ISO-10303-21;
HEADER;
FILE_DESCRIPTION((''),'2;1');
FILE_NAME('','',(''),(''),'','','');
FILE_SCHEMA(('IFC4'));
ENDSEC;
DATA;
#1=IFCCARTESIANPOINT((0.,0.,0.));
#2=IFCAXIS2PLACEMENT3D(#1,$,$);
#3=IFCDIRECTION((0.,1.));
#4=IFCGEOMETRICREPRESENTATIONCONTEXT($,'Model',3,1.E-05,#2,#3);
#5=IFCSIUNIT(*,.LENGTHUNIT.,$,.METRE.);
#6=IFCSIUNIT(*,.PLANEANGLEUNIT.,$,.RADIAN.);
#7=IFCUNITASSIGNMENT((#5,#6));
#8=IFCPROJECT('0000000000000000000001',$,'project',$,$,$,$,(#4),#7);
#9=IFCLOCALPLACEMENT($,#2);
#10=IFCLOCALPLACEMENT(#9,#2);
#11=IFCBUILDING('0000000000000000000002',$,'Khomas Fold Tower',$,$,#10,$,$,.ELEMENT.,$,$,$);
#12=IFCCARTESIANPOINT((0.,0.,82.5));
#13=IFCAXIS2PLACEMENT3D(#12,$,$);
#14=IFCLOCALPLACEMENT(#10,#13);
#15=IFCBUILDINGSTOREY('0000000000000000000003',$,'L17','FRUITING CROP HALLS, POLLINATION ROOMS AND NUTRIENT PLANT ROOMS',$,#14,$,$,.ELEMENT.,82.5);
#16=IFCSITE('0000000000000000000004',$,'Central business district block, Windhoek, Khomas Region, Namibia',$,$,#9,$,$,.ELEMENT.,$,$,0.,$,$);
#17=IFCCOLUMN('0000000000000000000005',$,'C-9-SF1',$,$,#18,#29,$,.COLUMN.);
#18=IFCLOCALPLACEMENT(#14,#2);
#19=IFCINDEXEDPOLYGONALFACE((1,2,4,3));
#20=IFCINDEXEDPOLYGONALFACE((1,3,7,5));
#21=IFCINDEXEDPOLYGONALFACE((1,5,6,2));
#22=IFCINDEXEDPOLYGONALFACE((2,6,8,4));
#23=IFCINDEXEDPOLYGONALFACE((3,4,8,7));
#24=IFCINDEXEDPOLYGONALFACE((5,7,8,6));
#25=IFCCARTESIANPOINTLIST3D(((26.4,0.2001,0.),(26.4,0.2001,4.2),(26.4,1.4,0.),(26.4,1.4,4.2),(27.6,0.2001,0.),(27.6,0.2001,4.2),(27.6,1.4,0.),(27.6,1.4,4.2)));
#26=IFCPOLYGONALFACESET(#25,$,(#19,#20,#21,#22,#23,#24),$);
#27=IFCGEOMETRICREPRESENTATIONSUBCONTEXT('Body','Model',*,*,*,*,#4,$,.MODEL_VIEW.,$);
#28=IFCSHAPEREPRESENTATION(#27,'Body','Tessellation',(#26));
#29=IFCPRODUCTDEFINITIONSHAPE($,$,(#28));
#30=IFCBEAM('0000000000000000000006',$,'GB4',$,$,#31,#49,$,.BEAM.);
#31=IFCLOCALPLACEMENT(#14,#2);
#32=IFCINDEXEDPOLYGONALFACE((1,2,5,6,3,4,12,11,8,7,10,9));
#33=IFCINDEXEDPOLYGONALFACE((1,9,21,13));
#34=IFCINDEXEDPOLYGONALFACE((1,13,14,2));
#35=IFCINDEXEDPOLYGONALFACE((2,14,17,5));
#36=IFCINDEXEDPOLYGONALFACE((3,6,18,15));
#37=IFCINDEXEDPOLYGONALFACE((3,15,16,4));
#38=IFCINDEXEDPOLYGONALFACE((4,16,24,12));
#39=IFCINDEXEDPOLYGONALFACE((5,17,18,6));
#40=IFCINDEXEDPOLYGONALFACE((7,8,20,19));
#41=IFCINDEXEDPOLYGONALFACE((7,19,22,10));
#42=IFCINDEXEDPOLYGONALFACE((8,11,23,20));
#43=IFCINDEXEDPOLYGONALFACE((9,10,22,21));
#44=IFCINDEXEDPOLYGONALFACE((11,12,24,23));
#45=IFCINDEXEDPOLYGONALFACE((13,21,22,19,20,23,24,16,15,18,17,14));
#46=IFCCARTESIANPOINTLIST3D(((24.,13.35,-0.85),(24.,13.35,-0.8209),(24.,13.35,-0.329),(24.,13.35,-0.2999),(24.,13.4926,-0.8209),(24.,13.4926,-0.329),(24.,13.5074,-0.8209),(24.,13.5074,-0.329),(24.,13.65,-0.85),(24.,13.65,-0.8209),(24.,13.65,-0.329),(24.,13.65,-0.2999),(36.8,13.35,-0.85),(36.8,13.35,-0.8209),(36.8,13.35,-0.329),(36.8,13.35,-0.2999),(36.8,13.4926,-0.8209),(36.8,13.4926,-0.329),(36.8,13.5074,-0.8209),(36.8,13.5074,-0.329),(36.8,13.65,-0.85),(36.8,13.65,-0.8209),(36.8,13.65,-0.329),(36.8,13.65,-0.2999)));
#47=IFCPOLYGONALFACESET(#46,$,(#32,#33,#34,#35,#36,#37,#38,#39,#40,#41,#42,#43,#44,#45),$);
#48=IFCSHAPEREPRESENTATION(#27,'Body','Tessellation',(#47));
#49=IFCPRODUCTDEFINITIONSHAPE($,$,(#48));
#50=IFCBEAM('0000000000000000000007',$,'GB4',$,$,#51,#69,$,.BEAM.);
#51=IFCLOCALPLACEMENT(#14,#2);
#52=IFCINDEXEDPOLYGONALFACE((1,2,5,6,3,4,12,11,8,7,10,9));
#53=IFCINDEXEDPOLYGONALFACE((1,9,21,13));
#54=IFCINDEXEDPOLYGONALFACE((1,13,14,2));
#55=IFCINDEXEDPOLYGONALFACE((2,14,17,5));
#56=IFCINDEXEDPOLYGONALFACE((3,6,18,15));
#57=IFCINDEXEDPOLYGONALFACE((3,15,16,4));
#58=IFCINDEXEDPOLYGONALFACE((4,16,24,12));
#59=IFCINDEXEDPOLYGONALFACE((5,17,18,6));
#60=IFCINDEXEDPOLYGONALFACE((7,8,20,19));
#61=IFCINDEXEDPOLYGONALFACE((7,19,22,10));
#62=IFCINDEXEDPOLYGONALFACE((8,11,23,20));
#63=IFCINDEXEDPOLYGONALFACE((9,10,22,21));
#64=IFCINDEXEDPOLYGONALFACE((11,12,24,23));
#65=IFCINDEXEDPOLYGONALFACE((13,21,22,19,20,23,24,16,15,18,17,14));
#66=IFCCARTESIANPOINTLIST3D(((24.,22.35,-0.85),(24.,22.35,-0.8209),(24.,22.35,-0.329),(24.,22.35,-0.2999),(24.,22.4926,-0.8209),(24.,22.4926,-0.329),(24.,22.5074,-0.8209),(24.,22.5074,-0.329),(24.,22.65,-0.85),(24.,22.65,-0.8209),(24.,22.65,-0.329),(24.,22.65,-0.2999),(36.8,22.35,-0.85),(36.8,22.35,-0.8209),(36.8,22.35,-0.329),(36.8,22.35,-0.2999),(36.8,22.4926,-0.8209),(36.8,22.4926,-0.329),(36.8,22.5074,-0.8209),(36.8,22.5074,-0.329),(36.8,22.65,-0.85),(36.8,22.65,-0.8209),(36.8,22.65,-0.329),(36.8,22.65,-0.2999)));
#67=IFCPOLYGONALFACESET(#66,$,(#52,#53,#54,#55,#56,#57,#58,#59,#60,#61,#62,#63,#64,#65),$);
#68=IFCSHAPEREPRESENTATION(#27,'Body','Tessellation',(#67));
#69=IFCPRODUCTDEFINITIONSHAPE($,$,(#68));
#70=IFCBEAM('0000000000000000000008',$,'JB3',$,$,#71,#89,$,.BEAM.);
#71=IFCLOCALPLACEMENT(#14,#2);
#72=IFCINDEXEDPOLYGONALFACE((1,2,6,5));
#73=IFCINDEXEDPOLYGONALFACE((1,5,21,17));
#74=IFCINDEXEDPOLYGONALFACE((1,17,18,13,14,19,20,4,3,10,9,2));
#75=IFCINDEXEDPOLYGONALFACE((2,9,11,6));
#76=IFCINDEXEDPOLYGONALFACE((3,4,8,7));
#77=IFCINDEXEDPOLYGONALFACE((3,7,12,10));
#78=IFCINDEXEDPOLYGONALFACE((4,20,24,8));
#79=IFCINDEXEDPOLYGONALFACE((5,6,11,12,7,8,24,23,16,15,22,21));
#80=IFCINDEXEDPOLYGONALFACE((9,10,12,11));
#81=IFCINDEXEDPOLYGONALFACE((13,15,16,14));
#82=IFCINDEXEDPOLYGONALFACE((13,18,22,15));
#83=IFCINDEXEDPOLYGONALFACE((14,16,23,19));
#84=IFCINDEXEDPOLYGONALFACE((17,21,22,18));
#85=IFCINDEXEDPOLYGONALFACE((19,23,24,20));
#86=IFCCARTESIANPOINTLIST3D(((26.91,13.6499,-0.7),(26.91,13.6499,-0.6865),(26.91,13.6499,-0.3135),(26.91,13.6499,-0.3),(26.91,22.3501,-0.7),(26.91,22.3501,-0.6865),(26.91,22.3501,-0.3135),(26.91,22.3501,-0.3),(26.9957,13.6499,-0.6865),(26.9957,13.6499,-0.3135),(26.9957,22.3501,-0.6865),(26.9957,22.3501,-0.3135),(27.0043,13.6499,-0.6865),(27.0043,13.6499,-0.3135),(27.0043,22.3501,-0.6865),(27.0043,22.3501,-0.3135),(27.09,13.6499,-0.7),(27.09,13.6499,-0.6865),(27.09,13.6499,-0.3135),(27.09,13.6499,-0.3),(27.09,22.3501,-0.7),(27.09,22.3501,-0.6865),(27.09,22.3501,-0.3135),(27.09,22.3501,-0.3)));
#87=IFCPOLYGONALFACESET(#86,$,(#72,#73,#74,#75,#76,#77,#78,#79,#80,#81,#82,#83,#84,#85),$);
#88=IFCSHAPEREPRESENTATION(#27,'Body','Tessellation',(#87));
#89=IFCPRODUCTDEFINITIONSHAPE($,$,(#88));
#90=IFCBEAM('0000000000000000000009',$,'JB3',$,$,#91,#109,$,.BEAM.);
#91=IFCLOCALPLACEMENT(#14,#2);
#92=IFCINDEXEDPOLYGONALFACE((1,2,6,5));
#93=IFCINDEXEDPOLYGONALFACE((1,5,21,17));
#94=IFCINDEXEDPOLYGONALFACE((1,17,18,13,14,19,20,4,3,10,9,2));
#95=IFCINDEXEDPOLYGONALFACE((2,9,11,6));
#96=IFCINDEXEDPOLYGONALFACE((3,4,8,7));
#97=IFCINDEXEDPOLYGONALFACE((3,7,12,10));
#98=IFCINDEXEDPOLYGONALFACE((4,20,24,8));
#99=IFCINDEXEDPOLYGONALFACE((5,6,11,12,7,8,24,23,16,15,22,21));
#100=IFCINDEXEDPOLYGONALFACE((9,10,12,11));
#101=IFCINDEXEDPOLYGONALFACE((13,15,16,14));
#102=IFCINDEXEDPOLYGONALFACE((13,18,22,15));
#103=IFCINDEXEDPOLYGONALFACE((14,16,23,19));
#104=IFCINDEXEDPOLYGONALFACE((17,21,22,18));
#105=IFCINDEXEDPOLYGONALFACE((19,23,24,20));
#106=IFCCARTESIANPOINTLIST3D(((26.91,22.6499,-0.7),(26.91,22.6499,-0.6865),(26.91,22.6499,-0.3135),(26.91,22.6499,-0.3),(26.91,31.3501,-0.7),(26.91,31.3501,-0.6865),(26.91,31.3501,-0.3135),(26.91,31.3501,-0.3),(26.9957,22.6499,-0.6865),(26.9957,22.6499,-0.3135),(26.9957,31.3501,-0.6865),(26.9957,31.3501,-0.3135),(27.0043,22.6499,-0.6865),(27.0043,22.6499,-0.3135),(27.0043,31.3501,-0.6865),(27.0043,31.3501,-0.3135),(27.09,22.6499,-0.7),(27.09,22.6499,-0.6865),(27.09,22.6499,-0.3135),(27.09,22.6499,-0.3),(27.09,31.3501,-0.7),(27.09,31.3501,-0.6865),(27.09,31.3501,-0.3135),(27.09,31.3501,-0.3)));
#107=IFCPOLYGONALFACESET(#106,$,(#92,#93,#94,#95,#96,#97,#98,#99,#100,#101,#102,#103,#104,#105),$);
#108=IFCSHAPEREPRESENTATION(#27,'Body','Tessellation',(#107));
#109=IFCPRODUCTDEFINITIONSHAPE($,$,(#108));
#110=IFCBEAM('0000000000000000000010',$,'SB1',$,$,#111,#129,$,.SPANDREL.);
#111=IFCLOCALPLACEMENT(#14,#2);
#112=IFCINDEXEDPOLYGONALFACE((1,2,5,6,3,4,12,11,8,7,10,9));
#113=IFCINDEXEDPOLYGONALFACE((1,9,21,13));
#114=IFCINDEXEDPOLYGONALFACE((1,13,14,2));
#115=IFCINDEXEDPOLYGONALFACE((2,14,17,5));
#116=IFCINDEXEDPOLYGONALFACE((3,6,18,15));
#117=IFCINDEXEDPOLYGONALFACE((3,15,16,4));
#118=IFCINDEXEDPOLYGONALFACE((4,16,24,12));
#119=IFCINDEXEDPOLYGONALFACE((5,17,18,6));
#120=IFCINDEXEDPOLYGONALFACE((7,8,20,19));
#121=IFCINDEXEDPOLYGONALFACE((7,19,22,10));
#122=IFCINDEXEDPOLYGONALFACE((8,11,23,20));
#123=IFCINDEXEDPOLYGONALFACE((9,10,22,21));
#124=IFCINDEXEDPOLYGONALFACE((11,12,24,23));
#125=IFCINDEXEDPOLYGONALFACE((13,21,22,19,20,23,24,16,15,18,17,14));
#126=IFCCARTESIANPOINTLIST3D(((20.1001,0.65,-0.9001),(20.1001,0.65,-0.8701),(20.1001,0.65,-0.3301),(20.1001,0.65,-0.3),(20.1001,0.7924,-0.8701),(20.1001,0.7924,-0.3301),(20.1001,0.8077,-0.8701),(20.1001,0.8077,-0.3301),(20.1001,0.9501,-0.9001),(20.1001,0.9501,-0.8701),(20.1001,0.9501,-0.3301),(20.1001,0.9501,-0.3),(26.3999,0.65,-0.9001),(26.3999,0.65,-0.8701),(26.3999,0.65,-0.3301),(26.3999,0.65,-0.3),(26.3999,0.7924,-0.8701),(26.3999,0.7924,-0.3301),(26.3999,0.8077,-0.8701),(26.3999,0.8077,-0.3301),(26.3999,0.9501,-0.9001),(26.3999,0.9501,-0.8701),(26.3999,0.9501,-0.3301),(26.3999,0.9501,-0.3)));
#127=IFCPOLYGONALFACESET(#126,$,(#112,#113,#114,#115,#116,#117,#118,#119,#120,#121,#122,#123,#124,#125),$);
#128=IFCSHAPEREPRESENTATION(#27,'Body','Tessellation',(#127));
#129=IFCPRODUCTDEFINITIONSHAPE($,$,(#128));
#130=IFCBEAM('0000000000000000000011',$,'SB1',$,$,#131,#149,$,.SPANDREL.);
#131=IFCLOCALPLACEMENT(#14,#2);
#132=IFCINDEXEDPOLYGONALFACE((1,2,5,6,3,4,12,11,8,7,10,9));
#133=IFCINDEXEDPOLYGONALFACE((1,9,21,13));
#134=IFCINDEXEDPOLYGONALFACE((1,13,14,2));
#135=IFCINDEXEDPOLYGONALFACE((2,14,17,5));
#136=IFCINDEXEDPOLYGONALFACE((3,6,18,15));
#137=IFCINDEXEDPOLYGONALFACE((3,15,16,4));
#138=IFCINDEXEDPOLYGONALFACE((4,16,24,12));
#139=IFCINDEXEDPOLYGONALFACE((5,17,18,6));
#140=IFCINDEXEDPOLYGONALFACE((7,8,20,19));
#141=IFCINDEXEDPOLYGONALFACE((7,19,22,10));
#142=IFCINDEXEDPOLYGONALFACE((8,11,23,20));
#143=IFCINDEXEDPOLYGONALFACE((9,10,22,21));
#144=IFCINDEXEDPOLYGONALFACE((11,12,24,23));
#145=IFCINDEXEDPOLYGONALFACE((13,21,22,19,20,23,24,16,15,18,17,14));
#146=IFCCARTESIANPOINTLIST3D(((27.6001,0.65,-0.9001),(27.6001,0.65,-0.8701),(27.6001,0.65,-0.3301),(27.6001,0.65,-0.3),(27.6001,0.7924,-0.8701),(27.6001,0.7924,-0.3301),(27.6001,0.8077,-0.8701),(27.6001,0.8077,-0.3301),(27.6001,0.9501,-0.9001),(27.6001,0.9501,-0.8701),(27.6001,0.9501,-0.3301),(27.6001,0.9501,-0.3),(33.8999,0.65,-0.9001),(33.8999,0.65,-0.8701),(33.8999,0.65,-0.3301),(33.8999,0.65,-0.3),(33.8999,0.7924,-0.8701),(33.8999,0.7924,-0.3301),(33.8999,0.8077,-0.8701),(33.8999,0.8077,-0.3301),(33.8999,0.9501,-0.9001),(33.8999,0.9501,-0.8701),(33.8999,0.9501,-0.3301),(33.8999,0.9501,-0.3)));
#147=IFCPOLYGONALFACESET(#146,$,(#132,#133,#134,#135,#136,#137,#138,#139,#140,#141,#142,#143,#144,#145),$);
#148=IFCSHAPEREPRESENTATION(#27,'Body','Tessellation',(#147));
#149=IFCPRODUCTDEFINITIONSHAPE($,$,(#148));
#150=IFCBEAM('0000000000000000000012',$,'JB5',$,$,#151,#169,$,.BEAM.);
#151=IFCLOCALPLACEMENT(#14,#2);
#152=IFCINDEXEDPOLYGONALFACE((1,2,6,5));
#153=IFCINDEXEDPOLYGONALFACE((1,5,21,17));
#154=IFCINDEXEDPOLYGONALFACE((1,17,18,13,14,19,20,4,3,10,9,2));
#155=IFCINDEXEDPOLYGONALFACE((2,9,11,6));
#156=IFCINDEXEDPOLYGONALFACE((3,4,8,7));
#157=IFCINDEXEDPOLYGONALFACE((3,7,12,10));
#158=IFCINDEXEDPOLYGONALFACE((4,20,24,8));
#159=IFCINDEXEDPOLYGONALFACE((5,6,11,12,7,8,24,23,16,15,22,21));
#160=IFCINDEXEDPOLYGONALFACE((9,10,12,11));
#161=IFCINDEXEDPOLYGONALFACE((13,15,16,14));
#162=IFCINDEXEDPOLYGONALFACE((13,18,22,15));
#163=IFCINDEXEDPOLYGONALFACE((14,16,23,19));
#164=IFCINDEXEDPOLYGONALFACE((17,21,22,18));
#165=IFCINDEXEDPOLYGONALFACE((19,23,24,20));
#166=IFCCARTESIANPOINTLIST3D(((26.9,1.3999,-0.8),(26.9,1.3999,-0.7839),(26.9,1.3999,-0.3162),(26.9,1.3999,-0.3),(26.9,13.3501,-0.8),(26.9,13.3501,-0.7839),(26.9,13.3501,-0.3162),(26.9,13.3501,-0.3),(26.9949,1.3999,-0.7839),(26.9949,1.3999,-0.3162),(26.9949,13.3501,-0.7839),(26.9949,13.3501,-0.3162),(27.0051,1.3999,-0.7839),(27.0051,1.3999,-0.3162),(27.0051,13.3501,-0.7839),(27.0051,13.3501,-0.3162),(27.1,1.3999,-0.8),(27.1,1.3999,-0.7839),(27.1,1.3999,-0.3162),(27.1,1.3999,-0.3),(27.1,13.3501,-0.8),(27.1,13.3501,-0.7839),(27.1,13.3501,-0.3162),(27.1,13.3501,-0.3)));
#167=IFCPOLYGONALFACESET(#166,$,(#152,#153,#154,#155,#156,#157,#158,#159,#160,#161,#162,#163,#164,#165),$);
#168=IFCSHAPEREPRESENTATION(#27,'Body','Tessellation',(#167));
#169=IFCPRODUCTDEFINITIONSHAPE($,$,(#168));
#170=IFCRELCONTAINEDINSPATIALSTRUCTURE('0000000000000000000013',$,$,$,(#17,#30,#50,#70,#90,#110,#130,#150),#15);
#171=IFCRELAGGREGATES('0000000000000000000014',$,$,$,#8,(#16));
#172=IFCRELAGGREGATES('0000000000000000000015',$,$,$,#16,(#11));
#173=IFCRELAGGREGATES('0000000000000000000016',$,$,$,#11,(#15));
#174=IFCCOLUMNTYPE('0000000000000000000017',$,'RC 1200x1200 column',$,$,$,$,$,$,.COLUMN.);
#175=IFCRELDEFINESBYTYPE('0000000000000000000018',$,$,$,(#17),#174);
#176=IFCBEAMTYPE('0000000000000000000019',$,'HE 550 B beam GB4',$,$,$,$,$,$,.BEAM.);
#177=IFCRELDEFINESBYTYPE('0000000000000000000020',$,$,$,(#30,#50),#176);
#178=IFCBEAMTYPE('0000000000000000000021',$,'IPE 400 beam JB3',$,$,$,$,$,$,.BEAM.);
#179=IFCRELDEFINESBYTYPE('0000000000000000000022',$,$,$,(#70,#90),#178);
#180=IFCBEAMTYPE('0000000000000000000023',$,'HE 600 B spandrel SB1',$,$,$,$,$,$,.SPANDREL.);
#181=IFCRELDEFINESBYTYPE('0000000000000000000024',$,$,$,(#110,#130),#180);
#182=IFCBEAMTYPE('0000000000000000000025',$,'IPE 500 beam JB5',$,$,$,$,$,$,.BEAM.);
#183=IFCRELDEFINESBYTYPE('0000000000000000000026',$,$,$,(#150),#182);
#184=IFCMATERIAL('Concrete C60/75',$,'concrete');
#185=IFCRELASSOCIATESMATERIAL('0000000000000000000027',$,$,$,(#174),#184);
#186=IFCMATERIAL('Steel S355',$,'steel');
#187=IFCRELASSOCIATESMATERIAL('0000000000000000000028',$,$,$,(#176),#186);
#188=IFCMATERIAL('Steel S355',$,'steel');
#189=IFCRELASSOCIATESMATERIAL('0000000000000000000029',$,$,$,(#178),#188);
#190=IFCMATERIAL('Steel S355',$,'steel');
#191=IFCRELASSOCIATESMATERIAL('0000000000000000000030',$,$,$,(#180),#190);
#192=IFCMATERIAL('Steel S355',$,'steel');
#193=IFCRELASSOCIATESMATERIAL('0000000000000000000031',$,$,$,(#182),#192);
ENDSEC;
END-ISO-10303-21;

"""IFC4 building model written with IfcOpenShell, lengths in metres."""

from ifc_helpers import new_model, si_unit, direction, frame, origin, origin_2d, place, context, subcontext, project, spatial, rectangle, i_section, extrude, source, transform, mapped, material, material_profile, profile_set, type_object, element, save


model = new_model("IFC4")

# Units and contexts
model_context = context("Model", 3, precision=1e-05, world=origin(), true_north=direction((0.0, 1.0)))
body_context = subcontext(model_context, "Body", "Model", "MODEL_VIEW")
ifc_project = project(units=[si_unit("LENGTHUNIT", "METRE"), si_unit("PLANEANGLEUNIT", "RADIAN")], contexts=[model_context])

# Site, building, storey
site_placement = place(None, origin())
site = spatial("IfcSite", under=ifc_project, at=site_placement, Name="Central business district block, Windhoek, Khomas Region, Namibia", CompositionType="ELEMENT", RefElevation=0.0)
building_placement = place(site_placement, origin())
building = spatial("IfcBuilding", under=site, at=building_placement, Name="Khomas Fold Tower", CompositionType="ELEMENT")
storey_placement = place(building_placement, frame((0.0, 0.0, 82.5)))
storey = spatial("IfcBuildingStorey", under=building, at=storey_placement, Name="L17", Description="FRUITING CROP HALLS, POLLINATION ROOMS AND NUTRIENT PLANT ROOMS", CompositionType="ELEMENT", Elevation=82.5)

# Column
ifc_material_1 = material(Name="Concrete C60/75", Category="concrete")
ifc_material_profile_1 = material_profile(ifc_material_1, rectangle(XDim=1.2, YDim=1.2, at=origin_2d()), Name="RC 1200x1200")
ifc_profile_set_1 = profile_set([ifc_material_profile_1], Name="Concrete C60/75")
column_type = type_object("IfcColumnType", Name="RC 1200x1200 column", PredefinedType="COLUMN", material=ifc_profile_set_1)
shared_shape_1 = source(origin(), body_context, "Body", "SweptSolid", [
    extrude(rectangle(XDim=1.2, YDim=1.2, at=origin_2d()), origin(), (0.0, 0.0, 1.0), 4.2),
])
column_placement = place(storey_placement, frame((27.0, 0.8, 0.0), z_axis=(0.0, 0.0, 1.0), x_axis=(1.0, 0.0, 0.0)))
element("IfcColumn", 1, at=column_placement, inside=storey, type_object=column_type, Name="C-9-SF1", PredefinedType="COLUMN", context=body_context, shape_type="MappedRepresentation", body=[
    mapped(shared_shape_1, transform((0.0, 0.0, 0.0))),
])

# Beams
ifc_material_2 = material(Name="Steel S355", Category="steel")
ifc_material_profile_2 = material_profile(ifc_material_2, i_section(OverallWidth=0.3, OverallDepth=0.55, WebThickness=0.0149, FlangeThickness=0.0291, at=origin_2d()), Name="HE 550 B")
ifc_profile_set_2 = profile_set([ifc_material_profile_2], Name="Steel S355")
beam_type_1 = type_object("IfcBeamType", Name="HE 550 B beam GB4", PredefinedType="BEAM", material=ifc_profile_set_2)
shared_shape_2 = source(origin(), body_context, "Body", "SweptSolid", [
    extrude(i_section(OverallWidth=0.3, OverallDepth=0.55, WebThickness=0.0149, FlangeThickness=0.0291, at=origin_2d()), origin(), (0.0, 0.0, 1.0), 12.8),
])
for number, where, z_axis, x_axis, name in (
    (2, (24.0, 13.5, -0.575), (1.0, 0.0, 0.0), (0.0, 1.0, 0.0), "GB4"),
    (3, (24.0, 22.5, -0.575), (1.0, 0.0, 0.0), (0.0, 1.0, 0.0), "GB4"),
):
    element("IfcBeam", number, at=place(storey_placement, frame(where, z_axis=z_axis, x_axis=x_axis)), inside=storey, type_object=beam_type_1, Name=name, PredefinedType="BEAM", context=body_context, shape_type="MappedRepresentation", body=[
        mapped(shared_shape_2, transform((0.0, 0.0, 0.0))),
    ])
ifc_material_3 = material(Name="Steel S355", Category="steel")
ifc_material_profile_3 = material_profile(ifc_material_3, i_section(OverallWidth=0.1799, OverallDepth=0.3999, WebThickness=0.0085, FlangeThickness=0.0134, at=origin_2d()), Name="IPE 400")
ifc_profile_set_3 = profile_set([ifc_material_profile_3], Name="Steel S355")
beam_type_2 = type_object("IfcBeamType", Name="IPE 400 beam JB3", PredefinedType="BEAM", material=ifc_profile_set_3)
shared_shape_3 = source(origin(), body_context, "Body", "SweptSolid", [
    extrude(i_section(OverallWidth=0.1799, OverallDepth=0.3999, WebThickness=0.0085, FlangeThickness=0.0134, at=origin_2d()), origin(), (0.0, 0.0, 1.0), 8.7002),
])
for number, where, z_axis, x_axis, name in (
    (4, (27.0, 13.6499, -0.5), (0.0, 1.0, 0.0), (-1.0, 0.0, 0.0), "JB3"),
    (5, (27.0, 22.6499, -0.5), (0.0, 1.0, 0.0), (-1.0, 0.0, 0.0), "JB3"),
):
    element("IfcBeam", number, at=place(storey_placement, frame(where, z_axis=z_axis, x_axis=x_axis)), inside=storey, type_object=beam_type_2, Name=name, PredefinedType="BEAM", context=body_context, shape_type="MappedRepresentation", body=[
        mapped(shared_shape_3, transform((0.0, 0.0, 0.0))),
    ])
ifc_material_4 = material(Name="Steel S355", Category="steel")
ifc_material_profile_4 = material_profile(ifc_material_4, i_section(OverallWidth=0.3, OverallDepth=0.6001, WebThickness=0.0154, FlangeThickness=0.03, at=origin_2d()), Name="HE 600 B")
ifc_profile_set_4 = profile_set([ifc_material_profile_4], Name="Steel S355")
beam_type_3 = type_object("IfcBeamType", Name="HE 600 B spandrel SB1", PredefinedType="SPANDREL", material=ifc_profile_set_4)
shared_shape_4 = source(origin(), body_context, "Body", "SweptSolid", [
    extrude(i_section(OverallWidth=0.3, OverallDepth=0.6001, WebThickness=0.0154, FlangeThickness=0.03, at=origin_2d()), origin(), (0.0, 0.0, 1.0), 6.2998),
])
for number, where, z_axis, x_axis, name in (
    (6, (20.1001, 0.8, -0.6001), (1.0, 0.0, 0.0), (0.0, 1.0, 0.0), "SB1"),
    (7, (27.6001, 0.8, -0.6001), (1.0, 0.0, 0.0), (0.0, 1.0, 0.0), "SB1"),
):
    element("IfcBeam", number, at=place(storey_placement, frame(where, z_axis=z_axis, x_axis=x_axis)), inside=storey, type_object=beam_type_3, Name=name, PredefinedType="SPANDREL", context=body_context, shape_type="MappedRepresentation", body=[
        mapped(shared_shape_4, transform((0.0, 0.0, 0.0))),
    ])
ifc_material_5 = material(Name="Steel S355", Category="steel")
ifc_material_profile_5 = material_profile(ifc_material_5, i_section(OverallWidth=0.2, OverallDepth=0.5, WebThickness=0.0103, FlangeThickness=0.0161, at=origin_2d()), Name="IPE 500")
ifc_profile_set_5 = profile_set([ifc_material_profile_5], Name="Steel S355")
beam_type_4 = type_object("IfcBeamType", Name="IPE 500 beam JB5", PredefinedType="BEAM", material=ifc_profile_set_5)
shared_shape_5 = source(origin(), body_context, "Body", "SweptSolid", [
    extrude(i_section(OverallWidth=0.2, OverallDepth=0.5, WebThickness=0.0103, FlangeThickness=0.0161, at=origin_2d()), origin(), (0.0, 0.0, 1.0), 11.9502),
])
beam_placement = place(storey_placement, frame((27.0, 1.3999, -0.55), z_axis=(0.0, 1.0, 0.0), x_axis=(-1.0, 0.0, 0.0)))
element("IfcBeam", 8, at=beam_placement, inside=storey, type_object=beam_type_4, Name="JB5", PredefinedType="BEAM", context=body_context, shape_type="MappedRepresentation", body=[
    mapped(shared_shape_5, transform((0.0, 0.0, 0.0))),
])

save(model, "model.ifc")
